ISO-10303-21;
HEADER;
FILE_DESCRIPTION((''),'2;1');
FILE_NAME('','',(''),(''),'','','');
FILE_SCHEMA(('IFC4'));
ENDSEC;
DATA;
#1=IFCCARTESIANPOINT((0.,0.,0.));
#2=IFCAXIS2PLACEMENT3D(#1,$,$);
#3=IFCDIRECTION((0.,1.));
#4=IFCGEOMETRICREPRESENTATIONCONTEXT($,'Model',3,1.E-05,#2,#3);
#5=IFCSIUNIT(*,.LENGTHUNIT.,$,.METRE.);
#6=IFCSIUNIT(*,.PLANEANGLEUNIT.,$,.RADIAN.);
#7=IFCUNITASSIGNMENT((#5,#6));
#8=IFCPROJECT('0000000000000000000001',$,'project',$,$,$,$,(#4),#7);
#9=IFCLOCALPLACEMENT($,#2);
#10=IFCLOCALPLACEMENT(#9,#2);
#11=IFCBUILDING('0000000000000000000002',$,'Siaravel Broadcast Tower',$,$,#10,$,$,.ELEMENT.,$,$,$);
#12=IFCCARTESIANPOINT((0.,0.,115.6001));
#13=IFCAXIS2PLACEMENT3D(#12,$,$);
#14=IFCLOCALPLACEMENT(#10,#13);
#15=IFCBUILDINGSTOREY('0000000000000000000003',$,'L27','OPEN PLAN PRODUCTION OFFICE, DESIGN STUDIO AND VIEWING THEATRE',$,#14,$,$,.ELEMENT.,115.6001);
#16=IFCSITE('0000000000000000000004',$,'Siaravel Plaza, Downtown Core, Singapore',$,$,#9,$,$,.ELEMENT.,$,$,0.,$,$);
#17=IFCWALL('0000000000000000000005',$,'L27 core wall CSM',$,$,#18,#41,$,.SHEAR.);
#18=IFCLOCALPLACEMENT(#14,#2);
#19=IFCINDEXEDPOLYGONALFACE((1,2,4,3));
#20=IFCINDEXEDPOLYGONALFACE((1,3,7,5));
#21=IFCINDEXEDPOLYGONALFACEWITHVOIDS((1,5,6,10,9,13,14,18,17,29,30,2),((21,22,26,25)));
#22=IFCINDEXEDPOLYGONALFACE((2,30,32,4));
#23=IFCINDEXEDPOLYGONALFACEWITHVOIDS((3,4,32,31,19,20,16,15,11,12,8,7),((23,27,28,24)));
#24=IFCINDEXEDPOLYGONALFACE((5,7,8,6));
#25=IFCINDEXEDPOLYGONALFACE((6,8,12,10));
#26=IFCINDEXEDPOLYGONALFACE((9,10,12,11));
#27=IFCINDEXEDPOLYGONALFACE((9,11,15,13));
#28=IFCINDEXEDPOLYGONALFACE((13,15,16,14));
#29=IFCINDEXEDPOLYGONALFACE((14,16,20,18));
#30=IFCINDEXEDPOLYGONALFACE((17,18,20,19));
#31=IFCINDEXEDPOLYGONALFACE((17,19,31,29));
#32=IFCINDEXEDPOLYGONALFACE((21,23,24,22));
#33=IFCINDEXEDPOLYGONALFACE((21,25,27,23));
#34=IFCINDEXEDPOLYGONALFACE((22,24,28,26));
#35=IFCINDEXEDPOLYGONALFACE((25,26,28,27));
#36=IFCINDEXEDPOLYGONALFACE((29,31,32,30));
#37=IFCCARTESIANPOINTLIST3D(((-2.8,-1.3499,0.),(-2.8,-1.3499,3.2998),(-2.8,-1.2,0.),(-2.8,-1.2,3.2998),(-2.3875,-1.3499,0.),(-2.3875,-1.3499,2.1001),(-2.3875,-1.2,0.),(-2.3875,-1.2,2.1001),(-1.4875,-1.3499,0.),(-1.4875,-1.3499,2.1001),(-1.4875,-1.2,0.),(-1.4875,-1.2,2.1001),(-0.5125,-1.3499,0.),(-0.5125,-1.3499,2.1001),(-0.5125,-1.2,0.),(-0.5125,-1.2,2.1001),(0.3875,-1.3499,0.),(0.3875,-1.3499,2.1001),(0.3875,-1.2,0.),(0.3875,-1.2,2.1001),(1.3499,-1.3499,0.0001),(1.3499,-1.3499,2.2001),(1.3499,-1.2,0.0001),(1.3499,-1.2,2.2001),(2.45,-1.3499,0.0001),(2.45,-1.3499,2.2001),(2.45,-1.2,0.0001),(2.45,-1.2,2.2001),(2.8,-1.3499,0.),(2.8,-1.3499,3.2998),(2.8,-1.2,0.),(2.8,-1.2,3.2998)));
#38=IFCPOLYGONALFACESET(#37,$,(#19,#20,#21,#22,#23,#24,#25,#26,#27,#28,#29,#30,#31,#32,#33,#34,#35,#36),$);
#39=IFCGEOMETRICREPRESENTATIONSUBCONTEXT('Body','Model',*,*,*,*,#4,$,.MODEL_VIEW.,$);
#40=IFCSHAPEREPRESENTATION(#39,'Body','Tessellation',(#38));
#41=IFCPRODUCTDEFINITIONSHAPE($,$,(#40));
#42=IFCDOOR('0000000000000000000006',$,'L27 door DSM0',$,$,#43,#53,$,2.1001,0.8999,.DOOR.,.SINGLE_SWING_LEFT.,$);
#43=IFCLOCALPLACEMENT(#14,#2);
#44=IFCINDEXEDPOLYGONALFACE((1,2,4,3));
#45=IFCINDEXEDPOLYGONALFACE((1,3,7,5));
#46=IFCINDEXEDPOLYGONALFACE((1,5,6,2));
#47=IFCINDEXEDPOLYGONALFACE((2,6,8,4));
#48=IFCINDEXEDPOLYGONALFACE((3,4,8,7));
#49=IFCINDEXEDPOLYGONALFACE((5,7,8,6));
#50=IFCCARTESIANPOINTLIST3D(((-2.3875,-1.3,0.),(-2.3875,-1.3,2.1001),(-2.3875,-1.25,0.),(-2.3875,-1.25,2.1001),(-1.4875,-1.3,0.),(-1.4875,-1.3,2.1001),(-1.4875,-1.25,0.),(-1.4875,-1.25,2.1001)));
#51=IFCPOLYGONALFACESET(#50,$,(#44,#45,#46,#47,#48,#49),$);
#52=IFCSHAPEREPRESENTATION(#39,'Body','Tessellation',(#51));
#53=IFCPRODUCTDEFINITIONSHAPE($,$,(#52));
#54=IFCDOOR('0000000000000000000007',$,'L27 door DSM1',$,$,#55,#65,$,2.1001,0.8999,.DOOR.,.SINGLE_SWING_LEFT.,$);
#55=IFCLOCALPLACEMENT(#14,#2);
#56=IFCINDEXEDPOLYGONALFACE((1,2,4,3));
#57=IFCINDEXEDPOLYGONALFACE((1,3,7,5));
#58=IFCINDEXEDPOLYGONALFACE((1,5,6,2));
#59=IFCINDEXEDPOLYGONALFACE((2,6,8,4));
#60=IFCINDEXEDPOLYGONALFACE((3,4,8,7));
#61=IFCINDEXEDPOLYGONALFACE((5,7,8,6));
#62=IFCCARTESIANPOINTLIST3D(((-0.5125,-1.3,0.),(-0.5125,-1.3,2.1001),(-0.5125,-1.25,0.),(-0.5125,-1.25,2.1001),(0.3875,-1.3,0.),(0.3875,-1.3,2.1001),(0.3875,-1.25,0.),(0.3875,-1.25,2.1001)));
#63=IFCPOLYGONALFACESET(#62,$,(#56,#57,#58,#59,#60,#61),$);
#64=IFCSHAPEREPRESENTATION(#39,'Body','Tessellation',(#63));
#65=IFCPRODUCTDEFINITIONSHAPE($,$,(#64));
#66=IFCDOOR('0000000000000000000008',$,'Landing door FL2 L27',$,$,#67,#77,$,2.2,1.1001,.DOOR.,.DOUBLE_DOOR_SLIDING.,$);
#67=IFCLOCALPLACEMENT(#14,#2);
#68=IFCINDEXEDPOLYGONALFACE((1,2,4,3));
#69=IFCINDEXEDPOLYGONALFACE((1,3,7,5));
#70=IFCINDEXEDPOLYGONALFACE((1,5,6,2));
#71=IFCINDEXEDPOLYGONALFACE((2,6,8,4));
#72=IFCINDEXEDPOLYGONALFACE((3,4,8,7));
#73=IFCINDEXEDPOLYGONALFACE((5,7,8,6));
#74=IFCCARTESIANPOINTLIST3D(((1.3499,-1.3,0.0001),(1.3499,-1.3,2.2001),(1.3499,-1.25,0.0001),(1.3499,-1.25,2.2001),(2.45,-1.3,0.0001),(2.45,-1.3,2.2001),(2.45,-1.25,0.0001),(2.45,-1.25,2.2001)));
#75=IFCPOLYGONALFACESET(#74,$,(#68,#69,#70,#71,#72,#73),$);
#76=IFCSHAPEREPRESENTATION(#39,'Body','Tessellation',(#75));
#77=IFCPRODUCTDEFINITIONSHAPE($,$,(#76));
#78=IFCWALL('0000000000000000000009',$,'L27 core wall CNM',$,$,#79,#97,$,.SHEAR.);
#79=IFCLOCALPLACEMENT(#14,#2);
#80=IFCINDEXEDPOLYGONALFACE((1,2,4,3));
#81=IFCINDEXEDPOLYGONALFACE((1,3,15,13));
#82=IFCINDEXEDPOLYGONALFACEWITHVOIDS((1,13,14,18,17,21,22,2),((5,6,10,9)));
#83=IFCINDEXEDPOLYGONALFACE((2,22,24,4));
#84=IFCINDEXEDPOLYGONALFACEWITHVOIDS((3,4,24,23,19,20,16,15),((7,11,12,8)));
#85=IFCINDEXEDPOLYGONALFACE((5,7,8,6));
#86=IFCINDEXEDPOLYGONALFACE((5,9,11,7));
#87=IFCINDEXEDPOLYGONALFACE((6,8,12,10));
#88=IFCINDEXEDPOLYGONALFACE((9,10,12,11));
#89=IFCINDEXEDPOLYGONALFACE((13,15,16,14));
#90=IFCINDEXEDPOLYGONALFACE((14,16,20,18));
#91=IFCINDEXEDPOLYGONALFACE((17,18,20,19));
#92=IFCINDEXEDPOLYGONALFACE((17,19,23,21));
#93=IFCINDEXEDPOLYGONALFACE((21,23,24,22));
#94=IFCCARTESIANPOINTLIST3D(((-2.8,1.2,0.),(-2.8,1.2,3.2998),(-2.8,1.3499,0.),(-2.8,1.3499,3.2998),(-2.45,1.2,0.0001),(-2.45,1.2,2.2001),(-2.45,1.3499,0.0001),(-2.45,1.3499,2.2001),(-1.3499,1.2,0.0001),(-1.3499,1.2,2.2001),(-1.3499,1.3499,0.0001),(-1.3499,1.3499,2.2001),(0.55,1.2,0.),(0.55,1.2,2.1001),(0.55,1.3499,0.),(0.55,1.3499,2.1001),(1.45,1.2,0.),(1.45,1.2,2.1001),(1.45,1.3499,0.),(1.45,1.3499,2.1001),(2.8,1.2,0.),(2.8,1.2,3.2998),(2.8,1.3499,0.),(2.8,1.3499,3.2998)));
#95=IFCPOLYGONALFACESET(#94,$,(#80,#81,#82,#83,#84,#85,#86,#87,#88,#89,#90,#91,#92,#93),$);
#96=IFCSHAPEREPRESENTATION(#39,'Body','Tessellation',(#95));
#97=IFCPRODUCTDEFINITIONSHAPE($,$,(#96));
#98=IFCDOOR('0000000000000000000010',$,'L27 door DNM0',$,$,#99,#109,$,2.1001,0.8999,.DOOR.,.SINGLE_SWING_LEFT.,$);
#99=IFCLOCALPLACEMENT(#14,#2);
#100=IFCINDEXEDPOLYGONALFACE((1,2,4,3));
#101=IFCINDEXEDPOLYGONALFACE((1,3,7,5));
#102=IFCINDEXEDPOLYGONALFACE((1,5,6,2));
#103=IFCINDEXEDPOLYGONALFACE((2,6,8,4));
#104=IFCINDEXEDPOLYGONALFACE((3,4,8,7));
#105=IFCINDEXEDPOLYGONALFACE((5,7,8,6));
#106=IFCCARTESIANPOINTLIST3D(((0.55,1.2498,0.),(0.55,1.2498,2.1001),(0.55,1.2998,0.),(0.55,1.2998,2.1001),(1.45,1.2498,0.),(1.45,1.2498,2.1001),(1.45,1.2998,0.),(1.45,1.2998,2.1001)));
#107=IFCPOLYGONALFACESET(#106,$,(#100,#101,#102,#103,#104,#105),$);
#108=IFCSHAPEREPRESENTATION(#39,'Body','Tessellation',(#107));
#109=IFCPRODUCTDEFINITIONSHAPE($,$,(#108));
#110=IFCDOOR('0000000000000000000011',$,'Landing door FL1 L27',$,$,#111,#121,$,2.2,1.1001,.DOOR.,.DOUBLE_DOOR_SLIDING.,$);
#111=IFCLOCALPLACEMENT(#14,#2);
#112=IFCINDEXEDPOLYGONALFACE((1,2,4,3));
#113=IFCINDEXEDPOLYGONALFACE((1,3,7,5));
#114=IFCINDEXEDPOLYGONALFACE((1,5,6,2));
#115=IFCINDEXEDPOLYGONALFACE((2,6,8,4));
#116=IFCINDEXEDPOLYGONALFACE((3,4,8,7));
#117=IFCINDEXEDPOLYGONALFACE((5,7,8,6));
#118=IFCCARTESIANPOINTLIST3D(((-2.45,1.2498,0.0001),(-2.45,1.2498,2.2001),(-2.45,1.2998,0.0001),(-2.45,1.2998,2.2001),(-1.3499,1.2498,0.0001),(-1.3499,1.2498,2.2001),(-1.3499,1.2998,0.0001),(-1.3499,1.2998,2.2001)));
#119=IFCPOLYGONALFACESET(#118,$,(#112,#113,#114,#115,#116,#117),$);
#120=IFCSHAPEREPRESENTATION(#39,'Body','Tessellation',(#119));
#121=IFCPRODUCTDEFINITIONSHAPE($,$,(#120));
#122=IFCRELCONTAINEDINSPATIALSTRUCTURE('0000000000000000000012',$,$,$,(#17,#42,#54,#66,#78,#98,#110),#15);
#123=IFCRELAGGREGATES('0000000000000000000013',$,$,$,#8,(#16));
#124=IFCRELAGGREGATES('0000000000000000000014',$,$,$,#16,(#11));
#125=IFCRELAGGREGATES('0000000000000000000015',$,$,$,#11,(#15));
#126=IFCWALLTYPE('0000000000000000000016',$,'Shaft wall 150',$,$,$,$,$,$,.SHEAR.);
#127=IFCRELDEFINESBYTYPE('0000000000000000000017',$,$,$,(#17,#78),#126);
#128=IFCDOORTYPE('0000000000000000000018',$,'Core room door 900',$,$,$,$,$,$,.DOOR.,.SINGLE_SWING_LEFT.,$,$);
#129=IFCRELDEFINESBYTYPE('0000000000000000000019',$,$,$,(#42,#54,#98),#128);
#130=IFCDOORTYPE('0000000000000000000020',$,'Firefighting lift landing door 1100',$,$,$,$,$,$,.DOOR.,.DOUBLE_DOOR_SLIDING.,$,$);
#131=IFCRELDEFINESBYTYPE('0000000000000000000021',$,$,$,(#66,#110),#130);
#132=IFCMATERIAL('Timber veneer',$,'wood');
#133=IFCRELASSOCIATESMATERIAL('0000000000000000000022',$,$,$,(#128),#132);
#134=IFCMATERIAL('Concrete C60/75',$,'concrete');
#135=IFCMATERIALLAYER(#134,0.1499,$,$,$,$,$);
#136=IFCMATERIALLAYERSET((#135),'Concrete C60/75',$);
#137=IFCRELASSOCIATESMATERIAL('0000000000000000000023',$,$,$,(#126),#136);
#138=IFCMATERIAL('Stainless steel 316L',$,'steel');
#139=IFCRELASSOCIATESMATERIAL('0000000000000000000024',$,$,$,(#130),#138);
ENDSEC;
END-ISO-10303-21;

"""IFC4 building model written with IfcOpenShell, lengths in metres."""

from ifc_helpers import new_model, si_unit, direction, frame, frame_2d, origin, place, context, subcontext, project, spatial, rectangle, extrude, material, layer, layer_set, type_object, element, fill, save


model = new_model("IFC4")

# Units and contexts
model_context = context("Model", 3, precision=1e-05, world=origin(), true_north=direction((0.0, 1.0)))
body_context = subcontext(model_context, "Body", "Model", "MODEL_VIEW")
ifc_project = project(units=[si_unit("LENGTHUNIT", "METRE"), si_unit("PLANEANGLEUNIT", "RADIAN")], contexts=[model_context])

# Site, building, storey
site_placement = place(None, origin())
site = spatial("IfcSite", under=ifc_project, at=site_placement, Name="Siaravel Plaza, Downtown Core, Singapore", CompositionType="ELEMENT", RefElevation=0.0)
building_placement = place(site_placement, origin())
building = spatial("IfcBuilding", under=site, at=building_placement, Name="Siaravel Broadcast Tower", CompositionType="ELEMENT")
storey_placement = place(building_placement, frame((0.0, 0.0, 115.6001)))
storey = spatial("IfcBuildingStorey", under=building, at=storey_placement, Name="L27", Description="OPEN PLAN PRODUCTION OFFICE, DESIGN STUDIO AND VIEWING THEATRE", CompositionType="ELEMENT", Elevation=115.6001)

# Shared definitions
ifc_material_1 = material(Name="Timber veneer", Category="wood")
door_type_1 = type_object("IfcDoorType", Name="Core room door 900", OperationType="SINGLE_SWING_LEFT", PredefinedType="DOOR", material=ifc_material_1)

# Walls, openings, doors
ifc_material_2 = material(Name="Concrete C60/75", Category="concrete")
ifc_layer_1 = layer(ifc_material_2, 0.1499)
ifc_layer_set_1 = layer_set([ifc_layer_1], Name="Concrete C60/75")
wall_type_1 = type_object("IfcWallType", Name="Shaft wall 150", PredefinedType="SHEAR", material=ifc_layer_set_1)
wall_1_placement = place(storey_placement, frame((-2.8, -1.2749, 0.0), z_axis=(0.0, 0.0, 1.0), x_axis=(1.0, 0.0, 0.0)))
wall_1 = element("IfcWall", 1, at=wall_1_placement, inside=storey, type_object=wall_type_1, Name="L27 core wall CSM", PredefinedType="SHEAR", context=body_context, shape_type="SweptSolid", body=[
    extrude(rectangle(XDim=5.6001, YDim=0.1499, at=frame_2d((2.8, 0.0))), origin(), (0.0, 0.0, 1.0), 3.2998),
])
opening_1_placement = place(wall_1_placement, frame((4.1499, 0.0, 0.0)))
opening_1 = element("IfcOpeningElement", 2, at=opening_1_placement, cuts=wall_1, PredefinedType="OPENING", context=body_context, shape_type="SweptSolid", body=[
    extrude(rectangle(XDim=1.1001, YDim=2.2, at=frame_2d((0.55, 1.1001))), frame((0.0, 0.085, 0.0), z_axis=(0.0, -1.0, 0.0), x_axis=(1.0, 0.0, 0.0)), (0.0, 0.0, 1.0), 0.1699),
])
opening_2_placement = place(wall_1_placement, frame((0.4126, 0.0, 0.0)))
opening_2 = element("IfcOpeningElement", 3, at=opening_2_placement, cuts=wall_1, PredefinedType="OPENING", context=body_context, shape_type="SweptSolid", body=[
    extrude(rectangle(XDim=0.8999, YDim=2.1001, at=frame_2d((0.45, 1.05))), frame((0.0, 0.085, 0.0), z_axis=(0.0, -1.0, 0.0), x_axis=(1.0, 0.0, 0.0)), (0.0, 0.0, 1.0), 0.1699),
])
opening_3_placement = place(wall_1_placement, frame((2.2876, 0.0, 0.0)))
opening_3 = element("IfcOpeningElement", 4, at=opening_3_placement, cuts=wall_1, PredefinedType="OPENING", context=body_context, shape_type="SweptSolid", body=[
    extrude(rectangle(XDim=0.8999, YDim=2.1001, at=frame_2d((0.45, 1.05))), frame((0.0, 0.085, 0.0), z_axis=(0.0, -1.0, 0.0), x_axis=(1.0, 0.0, 0.0)), (0.0, 0.0, 1.0), 0.1699),
])
door_1_placement = place(opening_2_placement, origin())
door_1 = element("IfcDoor", 5, at=door_1_placement, inside=storey, type_object=door_type_1, Name="L27 door DSM0", OperationType="SINGLE_SWING_LEFT", OverallHeight=2.1001, OverallWidth=0.8999, PredefinedType="DOOR", context=body_context, shape_type="SweptSolid", body=[
    extrude(rectangle(XDim=0.8999, YDim=2.1001, at=frame_2d((0.45, 1.05))), frame((0.0, 0.0249, 0.0), z_axis=(0.0, -1.0, 0.0), x_axis=(1.0, 0.0, 0.0)), (0.0, 0.0, 1.0), 0.05),
])
fill(opening_2, door_1)
door_2_placement = place(opening_3_placement, origin())
door_2 = element("IfcDoor", 6, at=door_2_placement, inside=storey, type_object=door_type_1, Name="L27 door DSM1", OperationType="SINGLE_SWING_LEFT", OverallHeight=2.1001, OverallWidth=0.8999, PredefinedType="DOOR", context=body_context, shape_type="SweptSolid", body=[
    extrude(rectangle(XDim=0.8999, YDim=2.1001, at=frame_2d((0.45, 1.05))), frame((0.0, 0.0249, 0.0), z_axis=(0.0, -1.0, 0.0), x_axis=(1.0, 0.0, 0.0)), (0.0, 0.0, 1.0), 0.05),
])
fill(opening_3, door_2)
ifc_material_3 = material(Name="Stainless steel 316L", Category="steel")
door_type_2 = type_object("IfcDoorType", Name="Firefighting lift landing door 1100", OperationType="DOUBLE_DOOR_SLIDING", PredefinedType="DOOR", material=ifc_material_3)
door_3_placement = place(opening_1_placement, origin())
door_3 = element("IfcDoor", 7, at=door_3_placement, inside=storey, type_object=door_type_2, Name="Landing door FL2 L27", OperationType="DOUBLE_DOOR_SLIDING", OverallHeight=2.2, OverallWidth=1.1001, PredefinedType="DOOR", context=body_context, shape_type="SweptSolid", body=[
    extrude(rectangle(XDim=1.1001, YDim=2.2, at=frame_2d((0.55, 1.1001))), frame((0.0, 0.0249, 0.0), z_axis=(0.0, -1.0, 0.0), x_axis=(1.0, 0.0, 0.0)), (0.0, 0.0, 1.0), 0.05),
])
fill(opening_1, door_3)
wall_2_placement = place(storey_placement, frame((-2.8, 1.2749, 0.0), z_axis=(0.0, 0.0, 1.0), x_axis=(1.0, 0.0, 0.0)))
wall_2 = element("IfcWall", 8, at=wall_2_placement, inside=storey, type_object=wall_type_1, Name="L27 core wall CNM", PredefinedType="SHEAR", context=body_context, shape_type="SweptSolid", body=[
    extrude(rectangle(XDim=5.6001, YDim=0.1499, at=frame_2d((2.8, 0.0))), origin(), (0.0, 0.0, 1.0), 3.2998),
])
opening_4_placement = place(wall_2_placement, frame((0.3501, 0.0, 0.0)))
opening_4 = element("IfcOpeningElement", 9, at=opening_4_placement, cuts=wall_2, PredefinedType="OPENING", context=body_context, shape_type="SweptSolid", body=[
    extrude(rectangle(XDim=1.1001, YDim=2.2, at=frame_2d((0.55, 1.1001))), frame((0.0, 0.085, 0.0), z_axis=(0.0, -1.0, 0.0), x_axis=(1.0, 0.0, 0.0)), (0.0, 0.0, 1.0), 0.1699),
])
opening_5_placement = place(wall_2_placement, frame((3.3501, 0.0, 0.0)))
opening_5 = element("IfcOpeningElement", 10, at=opening_5_placement, cuts=wall_2, PredefinedType="OPENING", context=body_context, shape_type="SweptSolid", body=[
    extrude(rectangle(XDim=0.8999, YDim=2.1001, at=frame_2d((0.45, 1.05))), frame((0.0, 0.085, 0.0), z_axis=(0.0, -1.0, 0.0), x_axis=(1.0, 0.0, 0.0)), (0.0, 0.0, 1.0), 0.1699),
])
door_4_placement = place(opening_5_placement, origin())
door_4 = element("IfcDoor", 11, at=door_4_placement, inside=storey, type_object=door_type_1, Name="L27 door DNM0", OperationType="SINGLE_SWING_LEFT", OverallHeight=2.1001, OverallWidth=0.8999, PredefinedType="DOOR", context=body_context, shape_type="SweptSolid", body=[
    extrude(rectangle(XDim=0.8999, YDim=2.1001, at=frame_2d((0.45, 1.05))), frame((0.0, 0.0249, 0.0), z_axis=(0.0, -1.0, 0.0), x_axis=(1.0, 0.0, 0.0)), (0.0, 0.0, 1.0), 0.05),
])
fill(opening_5, door_4)
door_5_placement = place(opening_4_placement, origin())
door_5 = element("IfcDoor", 12, at=door_5_placement, inside=storey, type_object=door_type_2, Name="Landing door FL1 L27", OperationType="DOUBLE_DOOR_SLIDING", OverallHeight=2.2, OverallWidth=1.1001, PredefinedType="DOOR", context=body_context, shape_type="SweptSolid", body=[
    extrude(rectangle(XDim=1.1001, YDim=2.2, at=frame_2d((0.55, 1.1001))), frame((0.0, 0.0249, 0.0), z_axis=(0.0, -1.0, 0.0), x_axis=(1.0, 0.0, 0.0)), (0.0, 0.0, 1.0), 0.05),
])
fill(opening_4, door_5)

save(model, "model.ifc")
